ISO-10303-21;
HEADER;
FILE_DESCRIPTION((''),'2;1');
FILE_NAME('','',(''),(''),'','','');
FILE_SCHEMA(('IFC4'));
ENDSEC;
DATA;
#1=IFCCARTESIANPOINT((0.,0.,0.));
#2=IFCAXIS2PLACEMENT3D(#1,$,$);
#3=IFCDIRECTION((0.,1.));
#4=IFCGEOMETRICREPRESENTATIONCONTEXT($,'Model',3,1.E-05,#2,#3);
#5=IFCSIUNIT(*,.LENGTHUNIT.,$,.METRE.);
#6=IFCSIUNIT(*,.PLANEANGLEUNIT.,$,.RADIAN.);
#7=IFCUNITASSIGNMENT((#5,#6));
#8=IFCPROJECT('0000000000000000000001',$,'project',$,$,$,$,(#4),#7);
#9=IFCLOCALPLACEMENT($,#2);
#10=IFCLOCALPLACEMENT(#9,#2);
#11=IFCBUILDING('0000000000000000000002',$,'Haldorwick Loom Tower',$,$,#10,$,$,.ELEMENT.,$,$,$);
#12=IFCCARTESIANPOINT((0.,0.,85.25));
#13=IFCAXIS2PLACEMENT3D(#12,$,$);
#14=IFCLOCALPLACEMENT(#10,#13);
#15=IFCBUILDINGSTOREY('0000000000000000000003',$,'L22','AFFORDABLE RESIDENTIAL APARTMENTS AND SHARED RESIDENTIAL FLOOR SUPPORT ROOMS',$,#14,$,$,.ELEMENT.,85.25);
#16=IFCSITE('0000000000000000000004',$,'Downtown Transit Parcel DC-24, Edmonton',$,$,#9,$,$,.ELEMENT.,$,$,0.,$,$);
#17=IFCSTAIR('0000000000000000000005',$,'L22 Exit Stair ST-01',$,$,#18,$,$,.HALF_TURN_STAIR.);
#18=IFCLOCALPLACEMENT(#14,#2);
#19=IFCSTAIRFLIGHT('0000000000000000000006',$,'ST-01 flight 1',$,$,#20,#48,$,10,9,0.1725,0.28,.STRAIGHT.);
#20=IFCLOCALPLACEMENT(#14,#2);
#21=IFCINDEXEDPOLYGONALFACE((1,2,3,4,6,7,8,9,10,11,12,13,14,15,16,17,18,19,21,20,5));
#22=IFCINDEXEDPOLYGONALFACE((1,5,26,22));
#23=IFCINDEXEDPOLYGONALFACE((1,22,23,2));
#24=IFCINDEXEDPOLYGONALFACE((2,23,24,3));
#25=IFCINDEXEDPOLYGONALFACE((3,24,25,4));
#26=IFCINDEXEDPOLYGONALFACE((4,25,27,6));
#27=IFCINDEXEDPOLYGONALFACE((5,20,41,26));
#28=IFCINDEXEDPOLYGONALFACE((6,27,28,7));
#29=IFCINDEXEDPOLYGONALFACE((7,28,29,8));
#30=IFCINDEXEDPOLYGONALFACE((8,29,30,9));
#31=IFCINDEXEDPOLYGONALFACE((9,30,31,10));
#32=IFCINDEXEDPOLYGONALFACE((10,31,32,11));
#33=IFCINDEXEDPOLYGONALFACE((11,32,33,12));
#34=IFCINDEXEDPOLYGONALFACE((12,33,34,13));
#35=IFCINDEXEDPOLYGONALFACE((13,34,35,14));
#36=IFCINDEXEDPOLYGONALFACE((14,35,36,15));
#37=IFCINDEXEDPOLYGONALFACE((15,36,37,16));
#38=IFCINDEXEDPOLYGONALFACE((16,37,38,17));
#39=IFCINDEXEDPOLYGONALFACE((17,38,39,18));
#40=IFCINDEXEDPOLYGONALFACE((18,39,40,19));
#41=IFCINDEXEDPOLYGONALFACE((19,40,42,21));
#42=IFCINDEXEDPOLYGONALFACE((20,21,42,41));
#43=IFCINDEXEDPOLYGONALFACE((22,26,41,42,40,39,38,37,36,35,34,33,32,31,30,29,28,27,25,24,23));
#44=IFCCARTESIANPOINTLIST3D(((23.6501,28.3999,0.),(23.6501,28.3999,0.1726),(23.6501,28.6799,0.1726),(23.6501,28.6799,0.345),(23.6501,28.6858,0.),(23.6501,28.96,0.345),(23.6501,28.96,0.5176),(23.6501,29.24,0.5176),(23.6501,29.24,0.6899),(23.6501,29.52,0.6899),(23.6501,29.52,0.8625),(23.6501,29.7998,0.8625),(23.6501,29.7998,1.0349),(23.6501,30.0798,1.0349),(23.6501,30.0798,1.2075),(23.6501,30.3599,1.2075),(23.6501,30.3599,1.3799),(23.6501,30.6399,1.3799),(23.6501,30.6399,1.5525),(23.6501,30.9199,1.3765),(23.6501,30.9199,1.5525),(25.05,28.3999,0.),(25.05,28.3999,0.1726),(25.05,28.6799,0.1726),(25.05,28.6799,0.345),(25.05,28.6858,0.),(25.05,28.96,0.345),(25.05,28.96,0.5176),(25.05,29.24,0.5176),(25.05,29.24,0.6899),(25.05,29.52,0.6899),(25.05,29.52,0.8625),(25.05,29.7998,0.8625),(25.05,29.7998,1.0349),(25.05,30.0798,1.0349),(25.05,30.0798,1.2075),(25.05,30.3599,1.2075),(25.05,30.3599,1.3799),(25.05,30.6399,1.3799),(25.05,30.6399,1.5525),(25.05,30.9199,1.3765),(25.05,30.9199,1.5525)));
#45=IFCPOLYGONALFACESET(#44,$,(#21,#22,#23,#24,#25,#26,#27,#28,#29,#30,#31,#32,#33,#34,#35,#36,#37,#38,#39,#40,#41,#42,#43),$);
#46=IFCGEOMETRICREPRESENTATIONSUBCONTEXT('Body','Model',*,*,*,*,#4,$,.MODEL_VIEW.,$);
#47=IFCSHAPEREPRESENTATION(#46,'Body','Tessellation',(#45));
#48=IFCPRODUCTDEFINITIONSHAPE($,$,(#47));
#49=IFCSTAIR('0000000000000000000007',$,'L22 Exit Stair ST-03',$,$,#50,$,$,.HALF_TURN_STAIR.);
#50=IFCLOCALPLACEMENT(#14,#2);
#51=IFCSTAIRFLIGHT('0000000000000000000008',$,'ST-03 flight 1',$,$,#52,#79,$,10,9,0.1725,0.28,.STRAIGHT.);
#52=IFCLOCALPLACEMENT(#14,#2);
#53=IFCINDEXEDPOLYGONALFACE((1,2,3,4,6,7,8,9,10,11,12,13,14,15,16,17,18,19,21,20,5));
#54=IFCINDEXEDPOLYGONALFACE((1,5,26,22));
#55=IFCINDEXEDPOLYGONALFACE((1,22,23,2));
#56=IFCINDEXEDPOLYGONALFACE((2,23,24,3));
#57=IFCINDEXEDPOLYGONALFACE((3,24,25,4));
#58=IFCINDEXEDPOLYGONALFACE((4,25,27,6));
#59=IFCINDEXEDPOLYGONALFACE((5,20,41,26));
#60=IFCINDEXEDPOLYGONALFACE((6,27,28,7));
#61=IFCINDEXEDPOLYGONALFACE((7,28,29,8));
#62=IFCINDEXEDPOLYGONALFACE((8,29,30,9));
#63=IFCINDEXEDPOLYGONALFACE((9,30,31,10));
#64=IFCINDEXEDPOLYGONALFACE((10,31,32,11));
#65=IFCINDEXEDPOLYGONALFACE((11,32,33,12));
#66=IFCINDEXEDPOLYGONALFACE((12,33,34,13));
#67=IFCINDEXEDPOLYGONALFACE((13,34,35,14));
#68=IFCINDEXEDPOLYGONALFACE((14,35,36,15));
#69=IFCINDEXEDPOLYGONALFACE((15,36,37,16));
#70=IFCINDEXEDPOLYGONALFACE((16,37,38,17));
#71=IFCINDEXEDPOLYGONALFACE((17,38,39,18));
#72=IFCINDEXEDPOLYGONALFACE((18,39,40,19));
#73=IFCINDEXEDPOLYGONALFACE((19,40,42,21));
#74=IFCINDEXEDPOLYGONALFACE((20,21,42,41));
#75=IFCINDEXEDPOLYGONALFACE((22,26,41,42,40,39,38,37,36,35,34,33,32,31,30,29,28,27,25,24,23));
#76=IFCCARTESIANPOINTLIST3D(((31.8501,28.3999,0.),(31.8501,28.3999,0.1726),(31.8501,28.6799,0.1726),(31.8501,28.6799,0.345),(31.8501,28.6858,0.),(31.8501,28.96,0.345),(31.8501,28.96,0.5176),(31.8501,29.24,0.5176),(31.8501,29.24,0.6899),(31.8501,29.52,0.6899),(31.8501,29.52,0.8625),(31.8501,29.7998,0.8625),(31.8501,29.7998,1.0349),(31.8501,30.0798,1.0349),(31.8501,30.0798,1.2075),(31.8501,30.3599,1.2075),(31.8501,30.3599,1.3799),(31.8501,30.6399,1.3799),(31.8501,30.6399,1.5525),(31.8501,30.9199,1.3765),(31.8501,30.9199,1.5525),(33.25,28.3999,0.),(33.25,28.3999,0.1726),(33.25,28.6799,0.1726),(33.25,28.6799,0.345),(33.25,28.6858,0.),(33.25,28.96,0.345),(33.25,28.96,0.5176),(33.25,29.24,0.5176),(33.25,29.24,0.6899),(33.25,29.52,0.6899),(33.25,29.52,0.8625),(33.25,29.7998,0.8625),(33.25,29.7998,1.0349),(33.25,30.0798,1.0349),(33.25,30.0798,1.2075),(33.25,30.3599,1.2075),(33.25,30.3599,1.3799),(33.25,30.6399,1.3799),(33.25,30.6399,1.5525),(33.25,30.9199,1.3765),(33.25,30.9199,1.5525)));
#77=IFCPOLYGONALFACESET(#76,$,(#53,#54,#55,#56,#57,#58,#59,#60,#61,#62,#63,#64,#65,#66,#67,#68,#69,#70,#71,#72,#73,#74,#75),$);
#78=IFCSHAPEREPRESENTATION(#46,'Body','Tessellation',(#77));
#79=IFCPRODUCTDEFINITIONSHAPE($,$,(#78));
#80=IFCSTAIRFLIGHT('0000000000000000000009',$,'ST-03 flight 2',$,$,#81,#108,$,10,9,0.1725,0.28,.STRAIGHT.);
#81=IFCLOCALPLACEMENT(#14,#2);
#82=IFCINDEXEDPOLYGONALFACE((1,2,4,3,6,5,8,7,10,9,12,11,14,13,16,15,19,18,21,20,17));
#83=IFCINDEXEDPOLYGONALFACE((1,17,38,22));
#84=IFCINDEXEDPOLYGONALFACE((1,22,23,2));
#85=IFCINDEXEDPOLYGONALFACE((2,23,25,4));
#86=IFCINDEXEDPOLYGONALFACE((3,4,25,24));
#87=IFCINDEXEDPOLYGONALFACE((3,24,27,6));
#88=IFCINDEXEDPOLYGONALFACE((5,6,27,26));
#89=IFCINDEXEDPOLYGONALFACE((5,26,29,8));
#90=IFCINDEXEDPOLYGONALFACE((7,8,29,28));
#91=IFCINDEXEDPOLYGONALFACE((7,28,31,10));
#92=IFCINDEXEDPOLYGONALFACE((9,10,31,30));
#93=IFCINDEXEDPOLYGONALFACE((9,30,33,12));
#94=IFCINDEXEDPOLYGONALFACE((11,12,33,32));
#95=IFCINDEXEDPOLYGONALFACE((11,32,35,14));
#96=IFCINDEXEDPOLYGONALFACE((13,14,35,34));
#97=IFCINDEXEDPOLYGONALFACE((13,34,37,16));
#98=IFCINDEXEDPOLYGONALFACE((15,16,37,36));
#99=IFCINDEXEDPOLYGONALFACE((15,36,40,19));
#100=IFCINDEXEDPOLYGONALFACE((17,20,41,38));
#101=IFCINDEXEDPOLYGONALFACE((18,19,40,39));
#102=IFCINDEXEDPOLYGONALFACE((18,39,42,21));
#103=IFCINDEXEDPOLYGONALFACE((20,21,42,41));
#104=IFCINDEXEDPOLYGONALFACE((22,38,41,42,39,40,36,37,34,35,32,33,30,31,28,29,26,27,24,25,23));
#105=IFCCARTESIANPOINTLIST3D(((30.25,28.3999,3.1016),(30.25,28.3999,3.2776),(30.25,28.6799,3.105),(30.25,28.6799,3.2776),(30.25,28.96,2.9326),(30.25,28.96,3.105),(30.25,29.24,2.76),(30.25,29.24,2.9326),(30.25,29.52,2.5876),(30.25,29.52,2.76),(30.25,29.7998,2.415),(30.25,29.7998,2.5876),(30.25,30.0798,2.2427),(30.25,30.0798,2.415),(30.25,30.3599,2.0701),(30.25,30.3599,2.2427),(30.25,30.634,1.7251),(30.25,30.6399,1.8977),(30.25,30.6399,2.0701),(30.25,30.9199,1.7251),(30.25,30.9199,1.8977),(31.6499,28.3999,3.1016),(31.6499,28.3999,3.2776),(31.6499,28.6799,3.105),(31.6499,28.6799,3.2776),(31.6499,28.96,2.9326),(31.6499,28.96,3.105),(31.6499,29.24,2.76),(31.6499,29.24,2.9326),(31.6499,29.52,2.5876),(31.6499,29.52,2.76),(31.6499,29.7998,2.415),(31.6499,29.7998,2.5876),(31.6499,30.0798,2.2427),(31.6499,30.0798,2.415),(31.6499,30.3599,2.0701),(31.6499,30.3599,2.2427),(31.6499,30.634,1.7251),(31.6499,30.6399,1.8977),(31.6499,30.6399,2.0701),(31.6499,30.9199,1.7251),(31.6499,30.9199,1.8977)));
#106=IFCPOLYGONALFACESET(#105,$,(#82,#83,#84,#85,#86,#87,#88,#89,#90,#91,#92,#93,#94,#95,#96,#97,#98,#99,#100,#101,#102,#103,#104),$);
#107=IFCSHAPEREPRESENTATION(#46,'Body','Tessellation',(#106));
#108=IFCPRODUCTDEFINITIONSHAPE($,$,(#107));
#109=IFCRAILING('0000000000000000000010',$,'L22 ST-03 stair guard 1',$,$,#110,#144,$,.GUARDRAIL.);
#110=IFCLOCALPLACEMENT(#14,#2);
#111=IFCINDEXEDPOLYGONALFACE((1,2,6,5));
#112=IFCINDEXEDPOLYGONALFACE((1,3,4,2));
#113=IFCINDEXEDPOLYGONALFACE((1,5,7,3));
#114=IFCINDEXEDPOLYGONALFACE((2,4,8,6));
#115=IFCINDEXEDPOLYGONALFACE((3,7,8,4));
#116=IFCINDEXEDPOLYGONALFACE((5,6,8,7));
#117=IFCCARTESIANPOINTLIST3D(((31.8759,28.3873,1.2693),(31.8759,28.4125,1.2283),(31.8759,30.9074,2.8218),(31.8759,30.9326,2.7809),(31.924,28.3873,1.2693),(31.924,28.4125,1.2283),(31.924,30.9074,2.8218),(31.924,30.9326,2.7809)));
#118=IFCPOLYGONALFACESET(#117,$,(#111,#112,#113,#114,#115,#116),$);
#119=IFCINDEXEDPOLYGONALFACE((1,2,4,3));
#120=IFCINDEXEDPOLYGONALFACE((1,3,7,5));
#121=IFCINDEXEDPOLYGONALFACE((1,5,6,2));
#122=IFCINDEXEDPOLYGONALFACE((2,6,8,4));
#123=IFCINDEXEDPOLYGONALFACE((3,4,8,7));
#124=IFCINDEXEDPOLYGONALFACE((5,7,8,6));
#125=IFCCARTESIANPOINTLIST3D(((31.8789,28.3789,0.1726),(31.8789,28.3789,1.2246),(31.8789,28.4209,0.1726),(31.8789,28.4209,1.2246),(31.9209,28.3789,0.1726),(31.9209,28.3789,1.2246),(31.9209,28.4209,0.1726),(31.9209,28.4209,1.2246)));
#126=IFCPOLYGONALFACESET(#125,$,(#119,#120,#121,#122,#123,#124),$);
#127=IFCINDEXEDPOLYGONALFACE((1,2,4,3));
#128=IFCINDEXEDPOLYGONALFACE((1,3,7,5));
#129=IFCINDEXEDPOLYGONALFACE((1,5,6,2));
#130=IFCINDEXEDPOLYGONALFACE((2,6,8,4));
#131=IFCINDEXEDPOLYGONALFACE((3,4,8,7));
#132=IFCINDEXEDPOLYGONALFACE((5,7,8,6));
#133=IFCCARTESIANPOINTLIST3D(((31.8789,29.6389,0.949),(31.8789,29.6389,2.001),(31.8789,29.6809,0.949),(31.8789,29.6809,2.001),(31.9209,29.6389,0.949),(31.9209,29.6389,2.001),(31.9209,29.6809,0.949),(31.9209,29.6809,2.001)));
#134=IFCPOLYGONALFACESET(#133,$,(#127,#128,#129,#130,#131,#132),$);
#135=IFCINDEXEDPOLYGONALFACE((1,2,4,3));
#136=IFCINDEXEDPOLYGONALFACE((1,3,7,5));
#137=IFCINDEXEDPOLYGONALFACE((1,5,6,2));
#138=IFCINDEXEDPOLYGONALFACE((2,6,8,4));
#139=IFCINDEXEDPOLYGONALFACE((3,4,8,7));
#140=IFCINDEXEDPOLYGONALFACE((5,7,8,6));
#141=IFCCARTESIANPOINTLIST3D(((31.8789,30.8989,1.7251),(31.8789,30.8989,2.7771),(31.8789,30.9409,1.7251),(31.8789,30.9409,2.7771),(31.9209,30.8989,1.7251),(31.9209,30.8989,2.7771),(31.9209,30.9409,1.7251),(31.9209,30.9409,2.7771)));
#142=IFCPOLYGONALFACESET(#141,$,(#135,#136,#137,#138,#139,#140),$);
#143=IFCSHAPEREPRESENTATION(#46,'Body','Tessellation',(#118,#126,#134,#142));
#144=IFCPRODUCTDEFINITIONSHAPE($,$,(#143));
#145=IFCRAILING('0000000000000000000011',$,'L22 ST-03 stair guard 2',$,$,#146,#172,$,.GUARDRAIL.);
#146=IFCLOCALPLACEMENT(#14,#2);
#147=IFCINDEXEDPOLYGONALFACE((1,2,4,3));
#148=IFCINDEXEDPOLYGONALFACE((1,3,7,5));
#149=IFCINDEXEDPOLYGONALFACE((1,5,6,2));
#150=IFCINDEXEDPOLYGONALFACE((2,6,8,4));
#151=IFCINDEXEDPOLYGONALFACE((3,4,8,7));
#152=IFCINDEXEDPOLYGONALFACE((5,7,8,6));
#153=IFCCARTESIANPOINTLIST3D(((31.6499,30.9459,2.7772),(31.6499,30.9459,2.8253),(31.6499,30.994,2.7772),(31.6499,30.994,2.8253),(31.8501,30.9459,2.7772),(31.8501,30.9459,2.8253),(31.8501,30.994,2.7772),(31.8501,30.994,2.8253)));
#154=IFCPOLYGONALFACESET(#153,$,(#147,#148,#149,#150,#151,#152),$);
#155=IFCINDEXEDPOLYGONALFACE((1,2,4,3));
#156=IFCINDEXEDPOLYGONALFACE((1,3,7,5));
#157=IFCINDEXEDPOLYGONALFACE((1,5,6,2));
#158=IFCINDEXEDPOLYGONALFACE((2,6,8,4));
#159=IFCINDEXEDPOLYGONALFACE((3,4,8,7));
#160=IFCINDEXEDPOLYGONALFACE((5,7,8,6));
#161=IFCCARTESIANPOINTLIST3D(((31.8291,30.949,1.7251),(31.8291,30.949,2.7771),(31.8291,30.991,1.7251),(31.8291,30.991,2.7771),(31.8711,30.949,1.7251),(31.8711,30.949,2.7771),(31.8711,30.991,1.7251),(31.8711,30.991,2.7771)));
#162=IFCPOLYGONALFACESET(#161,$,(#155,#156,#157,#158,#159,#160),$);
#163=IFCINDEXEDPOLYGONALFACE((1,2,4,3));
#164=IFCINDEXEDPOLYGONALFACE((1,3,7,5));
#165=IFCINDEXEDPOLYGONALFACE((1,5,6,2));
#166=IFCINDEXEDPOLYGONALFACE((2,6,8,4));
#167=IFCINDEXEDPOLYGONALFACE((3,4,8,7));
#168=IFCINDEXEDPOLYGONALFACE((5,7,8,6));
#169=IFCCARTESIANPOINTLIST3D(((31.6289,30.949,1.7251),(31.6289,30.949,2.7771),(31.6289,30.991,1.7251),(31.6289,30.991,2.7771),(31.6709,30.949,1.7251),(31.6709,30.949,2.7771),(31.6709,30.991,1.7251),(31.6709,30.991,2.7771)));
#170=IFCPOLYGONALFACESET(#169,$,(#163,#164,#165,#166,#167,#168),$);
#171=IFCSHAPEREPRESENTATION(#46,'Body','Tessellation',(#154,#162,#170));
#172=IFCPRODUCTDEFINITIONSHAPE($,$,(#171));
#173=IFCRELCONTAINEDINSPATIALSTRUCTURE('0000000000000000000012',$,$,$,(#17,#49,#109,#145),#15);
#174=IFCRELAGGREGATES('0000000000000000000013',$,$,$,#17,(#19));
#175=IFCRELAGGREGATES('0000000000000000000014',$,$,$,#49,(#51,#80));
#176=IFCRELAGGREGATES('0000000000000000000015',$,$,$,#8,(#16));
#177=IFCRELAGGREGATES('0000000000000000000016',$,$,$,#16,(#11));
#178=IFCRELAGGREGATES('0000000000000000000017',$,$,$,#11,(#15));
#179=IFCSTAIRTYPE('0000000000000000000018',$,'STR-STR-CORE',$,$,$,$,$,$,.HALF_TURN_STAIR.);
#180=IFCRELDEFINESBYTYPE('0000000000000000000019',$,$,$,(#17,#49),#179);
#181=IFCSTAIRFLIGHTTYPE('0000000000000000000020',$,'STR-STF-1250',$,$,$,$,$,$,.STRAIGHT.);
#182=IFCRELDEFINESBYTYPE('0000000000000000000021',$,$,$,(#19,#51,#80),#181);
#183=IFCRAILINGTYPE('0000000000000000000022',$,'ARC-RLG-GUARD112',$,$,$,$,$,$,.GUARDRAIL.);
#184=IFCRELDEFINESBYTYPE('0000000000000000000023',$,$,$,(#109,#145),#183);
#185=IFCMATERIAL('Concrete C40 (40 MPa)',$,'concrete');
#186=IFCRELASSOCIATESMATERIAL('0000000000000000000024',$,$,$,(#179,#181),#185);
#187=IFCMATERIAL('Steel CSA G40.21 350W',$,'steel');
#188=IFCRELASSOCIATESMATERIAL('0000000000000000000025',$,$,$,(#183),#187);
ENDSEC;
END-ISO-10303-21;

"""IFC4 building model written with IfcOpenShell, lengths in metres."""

from ifc_helpers import new_model, si_unit, direction, frame, origin, origin_2d, place, context, subcontext, project, spatial, polyline, rectangle, outline, extrude, material, type_object, element, aggregate, save


model = new_model("IFC4")

# Units and contexts
model_context = context("Model", 3, precision=1e-05, world=origin(), true_north=direction((0.0, 1.0)))
body_context = subcontext(model_context, "Body", "Model", "MODEL_VIEW")
ifc_project = project(units=[si_unit("LENGTHUNIT", "METRE"), si_unit("PLANEANGLEUNIT", "RADIAN")], contexts=[model_context])

# Site, building, storey
site_placement = place(None, origin())
site = spatial("IfcSite", under=ifc_project, at=site_placement, Name="Downtown Transit Parcel DC-24, Edmonton", CompositionType="ELEMENT", RefElevation=0.0)
building_placement = place(site_placement, origin())
building = spatial("IfcBuilding", under=site, at=building_placement, Name="Haldorwick Loom Tower", CompositionType="ELEMENT")
storey_placement = place(building_placement, frame((0.0, 0.0, 85.25)))
storey = spatial("IfcBuildingStorey", under=building, at=storey_placement, Name="L22", Description="AFFORDABLE RESIDENTIAL APARTMENTS AND SHARED RESIDENTIAL FLOOR SUPPORT ROOMS", CompositionType="ELEMENT", Elevation=85.25)

# Shared definitions
ifc_material_1 = material(Name="Steel CSA G40.21 350W", Category="steel")

# Stair, stair flight
ifc_material_2 = material(Name="Concrete C40 (40 MPa)", Category="concrete")
stair_type = type_object("IfcStairType", Name="STR-STR-CORE", PredefinedType="HALF_TURN_STAIR", material=ifc_material_2)
stair_1_placement = place(storey_placement, origin())
stair_1 = element("IfcStair", 1, at=stair_1_placement, inside=storey, type_object=stair_type, Name="L22 Exit Stair ST-01", PredefinedType="HALF_TURN_STAIR")
stair_flight_type = type_object("IfcStairFlightType", Name="STR-STF-1250", PredefinedType="STRAIGHT", material=ifc_material_2)
stair_flight_1_placement = place(storey_placement, frame((24.3501, 28.3999, 0.0), z_axis=(0.0, 0.0, 1.0), x_axis=(0.0, 1.0, 0.0)))
stair_flight_1 = element("IfcStairFlight", 2, at=stair_flight_1_placement, type_object=stair_flight_type, Name="ST-01 flight 1", NumberOfRisers=10, NumberOfTreads=9, PredefinedType="STRAIGHT", RiserHeight=0.1725, TreadLength=0.28, context=body_context, shape_type="SweptSolid", body=[
    extrude(outline(polyline([(0.0, 0.0), (0.0, 0.1726), (0.28, 0.1726), (0.28, 0.345), (0.5601, 0.345), (0.5601, 0.5176), (0.8401, 0.5176), (0.8401, 0.6899), (1.1201, 0.6899), (1.1201, 0.8625), (1.3999, 0.8625), (1.3999, 1.0349), (1.6799, 1.0349), (1.6799, 1.2075), (1.96, 1.2075), (1.96, 1.3799), (2.24, 1.3799), (2.24, 1.5525), (2.52, 1.5525), (2.52, 1.7251), (2.52, 1.3765), (0.2859, 0.0), (0.0, 0.0)])), frame((0.0, 0.7, 0.0), z_axis=(0.0, -1.0, 0.0), x_axis=(1.0, 0.0, 0.0)), (0.0, 0.0, 1.0), 1.3999),
])
aggregate(stair_1, [stair_flight_1])

# Stair, stair flights
stair_2_placement = place(storey_placement, origin())
stair_2 = element("IfcStair", 3, at=stair_2_placement, inside=storey, type_object=stair_type, Name="L22 Exit Stair ST-03", PredefinedType="HALF_TURN_STAIR")
stair_flight_2_placement = place(storey_placement, frame((32.55, 28.3999, 0.0), z_axis=(0.0, 0.0, 1.0), x_axis=(0.0, 1.0, 0.0)))
stair_flight_2 = element("IfcStairFlight", 4, at=stair_flight_2_placement, type_object=stair_flight_type, Name="ST-03 flight 1", NumberOfRisers=10, NumberOfTreads=9, PredefinedType="STRAIGHT", RiserHeight=0.1725, TreadLength=0.28, context=body_context, shape_type="SweptSolid", body=[
    extrude(outline(polyline([(0.0, 0.0), (0.0, 0.1726), (0.28, 0.1726), (0.28, 0.345), (0.5601, 0.345), (0.5601, 0.5176), (0.8401, 0.5176), (0.8401, 0.6899), (1.1201, 0.6899), (1.1201, 0.8625), (1.3999, 0.8625), (1.3999, 1.0349), (1.6799, 1.0349), (1.6799, 1.2075), (1.96, 1.2075), (1.96, 1.3799), (2.24, 1.3799), (2.24, 1.5525), (2.52, 1.5525), (2.52, 1.7251), (2.52, 1.3765), (0.2859, 0.0), (0.0, 0.0)])), frame((0.0, 0.7, 0.0), z_axis=(0.0, -1.0, 0.0), x_axis=(1.0, 0.0, 0.0)), (0.0, 0.0, 1.0), 1.3999),
])
stair_flight_3_placement = place(storey_placement, frame((30.95, 30.9199, 1.7251), z_axis=(0.0, 0.0, 1.0), x_axis=(0.0, -1.0, 0.0)))
stair_flight_3 = element("IfcStairFlight", 5, at=stair_flight_3_placement, type_object=stair_flight_type, Name="ST-03 flight 2", NumberOfRisers=10, NumberOfTreads=9, PredefinedType="STRAIGHT", RiserHeight=0.1725, TreadLength=0.28, context=body_context, shape_type="SweptSolid", body=[
    extrude(outline(polyline([(0.0, 0.0), (0.0, 0.1726), (0.28, 0.1726), (0.28, 0.345), (0.5601, 0.345), (0.5601, 0.5176), (0.8401, 0.5176), (0.8401, 0.6899), (1.1201, 0.6899), (1.1201, 0.8625), (1.3999, 0.8625), (1.3999, 1.0349), (1.6799, 1.0349), (1.6799, 1.2075), (1.96, 1.2075), (1.96, 1.3799), (2.24, 1.3799), (2.24, 1.5525), (2.52, 1.5525), (2.52, 1.7251), (2.52, 1.3765), (0.2859, 0.0), (0.0, 0.0)])), frame((0.0, 0.7, 0.0), z_axis=(0.0, -1.0, 0.0), x_axis=(1.0, 0.0, 0.0)), (0.0, 0.0, 1.0), 1.3999),
])
aggregate(stair_2, [stair_flight_2, stair_flight_3])

# Railings
railing_type_1 = type_object("IfcRailingType", Name="ARC-RLG-GUARD112", PredefinedType="GUARDRAIL", material=ifc_material_1)
railing_1_placement = place(storey_placement, frame((31.8999, 28.3999, 0.1726)))
element("IfcRailing", 6, at=railing_1_placement, inside=storey, type_object=railing_type_1, Name="L22 ST-03 stair guard 1", PredefinedType="GUARDRAIL", context=body_context, shape_type="SweptSolid", body=[
    extrude(rectangle(XDim=0.0481, YDim=0.0481, at=origin_2d()), frame((0.0, 0.0, 1.0762), z_axis=(0.0, 0.8514, 0.524516), x_axis=(-1.0, 0.0, 0.0)), (0.0, 0.0, 1.0), 2.96),
    extrude(rectangle(XDim=0.042, YDim=0.042, at=origin_2d()), origin(), (0.0, 0.0, 1.0), 1.052),
    extrude(rectangle(XDim=0.042, YDim=0.042, at=origin_2d()), frame((0.0, 1.26, 0.7764)), (0.0, 0.0, 1.0), 1.052),
    extrude(rectangle(XDim=0.042, YDim=0.042, at=origin_2d()), frame((0.0, 2.52, 1.5525)), (0.0, 0.0, 1.0), 1.052),
])
railing_2_placement = place(storey_placement, frame((31.8501, 30.97, 1.7251)))
element("IfcRailing", 7, at=railing_2_placement, inside=storey, type_object=railing_type_1, Name="L22 ST-03 stair guard 2", PredefinedType="GUARDRAIL", context=body_context, shape_type="SweptSolid", body=[
    extrude(rectangle(XDim=0.0481, YDim=0.0481, at=origin_2d()), frame((0.0, 0.0, 1.0762), z_axis=(-1.0, 0.0, 0.0), x_axis=(0.0, -1.0, 0.0)), (0.0, 0.0, 1.0), 0.2002),
    extrude(rectangle(XDim=0.042, YDim=0.042, at=origin_2d()), origin(), (0.0, 0.0, 1.0), 1.052),
    extrude(rectangle(XDim=0.042, YDim=0.042, at=origin_2d()), frame((-0.2002, 0.0, 0.0)), (0.0, 0.0, 1.0), 1.052),
])

save(model, "model.ifc")
